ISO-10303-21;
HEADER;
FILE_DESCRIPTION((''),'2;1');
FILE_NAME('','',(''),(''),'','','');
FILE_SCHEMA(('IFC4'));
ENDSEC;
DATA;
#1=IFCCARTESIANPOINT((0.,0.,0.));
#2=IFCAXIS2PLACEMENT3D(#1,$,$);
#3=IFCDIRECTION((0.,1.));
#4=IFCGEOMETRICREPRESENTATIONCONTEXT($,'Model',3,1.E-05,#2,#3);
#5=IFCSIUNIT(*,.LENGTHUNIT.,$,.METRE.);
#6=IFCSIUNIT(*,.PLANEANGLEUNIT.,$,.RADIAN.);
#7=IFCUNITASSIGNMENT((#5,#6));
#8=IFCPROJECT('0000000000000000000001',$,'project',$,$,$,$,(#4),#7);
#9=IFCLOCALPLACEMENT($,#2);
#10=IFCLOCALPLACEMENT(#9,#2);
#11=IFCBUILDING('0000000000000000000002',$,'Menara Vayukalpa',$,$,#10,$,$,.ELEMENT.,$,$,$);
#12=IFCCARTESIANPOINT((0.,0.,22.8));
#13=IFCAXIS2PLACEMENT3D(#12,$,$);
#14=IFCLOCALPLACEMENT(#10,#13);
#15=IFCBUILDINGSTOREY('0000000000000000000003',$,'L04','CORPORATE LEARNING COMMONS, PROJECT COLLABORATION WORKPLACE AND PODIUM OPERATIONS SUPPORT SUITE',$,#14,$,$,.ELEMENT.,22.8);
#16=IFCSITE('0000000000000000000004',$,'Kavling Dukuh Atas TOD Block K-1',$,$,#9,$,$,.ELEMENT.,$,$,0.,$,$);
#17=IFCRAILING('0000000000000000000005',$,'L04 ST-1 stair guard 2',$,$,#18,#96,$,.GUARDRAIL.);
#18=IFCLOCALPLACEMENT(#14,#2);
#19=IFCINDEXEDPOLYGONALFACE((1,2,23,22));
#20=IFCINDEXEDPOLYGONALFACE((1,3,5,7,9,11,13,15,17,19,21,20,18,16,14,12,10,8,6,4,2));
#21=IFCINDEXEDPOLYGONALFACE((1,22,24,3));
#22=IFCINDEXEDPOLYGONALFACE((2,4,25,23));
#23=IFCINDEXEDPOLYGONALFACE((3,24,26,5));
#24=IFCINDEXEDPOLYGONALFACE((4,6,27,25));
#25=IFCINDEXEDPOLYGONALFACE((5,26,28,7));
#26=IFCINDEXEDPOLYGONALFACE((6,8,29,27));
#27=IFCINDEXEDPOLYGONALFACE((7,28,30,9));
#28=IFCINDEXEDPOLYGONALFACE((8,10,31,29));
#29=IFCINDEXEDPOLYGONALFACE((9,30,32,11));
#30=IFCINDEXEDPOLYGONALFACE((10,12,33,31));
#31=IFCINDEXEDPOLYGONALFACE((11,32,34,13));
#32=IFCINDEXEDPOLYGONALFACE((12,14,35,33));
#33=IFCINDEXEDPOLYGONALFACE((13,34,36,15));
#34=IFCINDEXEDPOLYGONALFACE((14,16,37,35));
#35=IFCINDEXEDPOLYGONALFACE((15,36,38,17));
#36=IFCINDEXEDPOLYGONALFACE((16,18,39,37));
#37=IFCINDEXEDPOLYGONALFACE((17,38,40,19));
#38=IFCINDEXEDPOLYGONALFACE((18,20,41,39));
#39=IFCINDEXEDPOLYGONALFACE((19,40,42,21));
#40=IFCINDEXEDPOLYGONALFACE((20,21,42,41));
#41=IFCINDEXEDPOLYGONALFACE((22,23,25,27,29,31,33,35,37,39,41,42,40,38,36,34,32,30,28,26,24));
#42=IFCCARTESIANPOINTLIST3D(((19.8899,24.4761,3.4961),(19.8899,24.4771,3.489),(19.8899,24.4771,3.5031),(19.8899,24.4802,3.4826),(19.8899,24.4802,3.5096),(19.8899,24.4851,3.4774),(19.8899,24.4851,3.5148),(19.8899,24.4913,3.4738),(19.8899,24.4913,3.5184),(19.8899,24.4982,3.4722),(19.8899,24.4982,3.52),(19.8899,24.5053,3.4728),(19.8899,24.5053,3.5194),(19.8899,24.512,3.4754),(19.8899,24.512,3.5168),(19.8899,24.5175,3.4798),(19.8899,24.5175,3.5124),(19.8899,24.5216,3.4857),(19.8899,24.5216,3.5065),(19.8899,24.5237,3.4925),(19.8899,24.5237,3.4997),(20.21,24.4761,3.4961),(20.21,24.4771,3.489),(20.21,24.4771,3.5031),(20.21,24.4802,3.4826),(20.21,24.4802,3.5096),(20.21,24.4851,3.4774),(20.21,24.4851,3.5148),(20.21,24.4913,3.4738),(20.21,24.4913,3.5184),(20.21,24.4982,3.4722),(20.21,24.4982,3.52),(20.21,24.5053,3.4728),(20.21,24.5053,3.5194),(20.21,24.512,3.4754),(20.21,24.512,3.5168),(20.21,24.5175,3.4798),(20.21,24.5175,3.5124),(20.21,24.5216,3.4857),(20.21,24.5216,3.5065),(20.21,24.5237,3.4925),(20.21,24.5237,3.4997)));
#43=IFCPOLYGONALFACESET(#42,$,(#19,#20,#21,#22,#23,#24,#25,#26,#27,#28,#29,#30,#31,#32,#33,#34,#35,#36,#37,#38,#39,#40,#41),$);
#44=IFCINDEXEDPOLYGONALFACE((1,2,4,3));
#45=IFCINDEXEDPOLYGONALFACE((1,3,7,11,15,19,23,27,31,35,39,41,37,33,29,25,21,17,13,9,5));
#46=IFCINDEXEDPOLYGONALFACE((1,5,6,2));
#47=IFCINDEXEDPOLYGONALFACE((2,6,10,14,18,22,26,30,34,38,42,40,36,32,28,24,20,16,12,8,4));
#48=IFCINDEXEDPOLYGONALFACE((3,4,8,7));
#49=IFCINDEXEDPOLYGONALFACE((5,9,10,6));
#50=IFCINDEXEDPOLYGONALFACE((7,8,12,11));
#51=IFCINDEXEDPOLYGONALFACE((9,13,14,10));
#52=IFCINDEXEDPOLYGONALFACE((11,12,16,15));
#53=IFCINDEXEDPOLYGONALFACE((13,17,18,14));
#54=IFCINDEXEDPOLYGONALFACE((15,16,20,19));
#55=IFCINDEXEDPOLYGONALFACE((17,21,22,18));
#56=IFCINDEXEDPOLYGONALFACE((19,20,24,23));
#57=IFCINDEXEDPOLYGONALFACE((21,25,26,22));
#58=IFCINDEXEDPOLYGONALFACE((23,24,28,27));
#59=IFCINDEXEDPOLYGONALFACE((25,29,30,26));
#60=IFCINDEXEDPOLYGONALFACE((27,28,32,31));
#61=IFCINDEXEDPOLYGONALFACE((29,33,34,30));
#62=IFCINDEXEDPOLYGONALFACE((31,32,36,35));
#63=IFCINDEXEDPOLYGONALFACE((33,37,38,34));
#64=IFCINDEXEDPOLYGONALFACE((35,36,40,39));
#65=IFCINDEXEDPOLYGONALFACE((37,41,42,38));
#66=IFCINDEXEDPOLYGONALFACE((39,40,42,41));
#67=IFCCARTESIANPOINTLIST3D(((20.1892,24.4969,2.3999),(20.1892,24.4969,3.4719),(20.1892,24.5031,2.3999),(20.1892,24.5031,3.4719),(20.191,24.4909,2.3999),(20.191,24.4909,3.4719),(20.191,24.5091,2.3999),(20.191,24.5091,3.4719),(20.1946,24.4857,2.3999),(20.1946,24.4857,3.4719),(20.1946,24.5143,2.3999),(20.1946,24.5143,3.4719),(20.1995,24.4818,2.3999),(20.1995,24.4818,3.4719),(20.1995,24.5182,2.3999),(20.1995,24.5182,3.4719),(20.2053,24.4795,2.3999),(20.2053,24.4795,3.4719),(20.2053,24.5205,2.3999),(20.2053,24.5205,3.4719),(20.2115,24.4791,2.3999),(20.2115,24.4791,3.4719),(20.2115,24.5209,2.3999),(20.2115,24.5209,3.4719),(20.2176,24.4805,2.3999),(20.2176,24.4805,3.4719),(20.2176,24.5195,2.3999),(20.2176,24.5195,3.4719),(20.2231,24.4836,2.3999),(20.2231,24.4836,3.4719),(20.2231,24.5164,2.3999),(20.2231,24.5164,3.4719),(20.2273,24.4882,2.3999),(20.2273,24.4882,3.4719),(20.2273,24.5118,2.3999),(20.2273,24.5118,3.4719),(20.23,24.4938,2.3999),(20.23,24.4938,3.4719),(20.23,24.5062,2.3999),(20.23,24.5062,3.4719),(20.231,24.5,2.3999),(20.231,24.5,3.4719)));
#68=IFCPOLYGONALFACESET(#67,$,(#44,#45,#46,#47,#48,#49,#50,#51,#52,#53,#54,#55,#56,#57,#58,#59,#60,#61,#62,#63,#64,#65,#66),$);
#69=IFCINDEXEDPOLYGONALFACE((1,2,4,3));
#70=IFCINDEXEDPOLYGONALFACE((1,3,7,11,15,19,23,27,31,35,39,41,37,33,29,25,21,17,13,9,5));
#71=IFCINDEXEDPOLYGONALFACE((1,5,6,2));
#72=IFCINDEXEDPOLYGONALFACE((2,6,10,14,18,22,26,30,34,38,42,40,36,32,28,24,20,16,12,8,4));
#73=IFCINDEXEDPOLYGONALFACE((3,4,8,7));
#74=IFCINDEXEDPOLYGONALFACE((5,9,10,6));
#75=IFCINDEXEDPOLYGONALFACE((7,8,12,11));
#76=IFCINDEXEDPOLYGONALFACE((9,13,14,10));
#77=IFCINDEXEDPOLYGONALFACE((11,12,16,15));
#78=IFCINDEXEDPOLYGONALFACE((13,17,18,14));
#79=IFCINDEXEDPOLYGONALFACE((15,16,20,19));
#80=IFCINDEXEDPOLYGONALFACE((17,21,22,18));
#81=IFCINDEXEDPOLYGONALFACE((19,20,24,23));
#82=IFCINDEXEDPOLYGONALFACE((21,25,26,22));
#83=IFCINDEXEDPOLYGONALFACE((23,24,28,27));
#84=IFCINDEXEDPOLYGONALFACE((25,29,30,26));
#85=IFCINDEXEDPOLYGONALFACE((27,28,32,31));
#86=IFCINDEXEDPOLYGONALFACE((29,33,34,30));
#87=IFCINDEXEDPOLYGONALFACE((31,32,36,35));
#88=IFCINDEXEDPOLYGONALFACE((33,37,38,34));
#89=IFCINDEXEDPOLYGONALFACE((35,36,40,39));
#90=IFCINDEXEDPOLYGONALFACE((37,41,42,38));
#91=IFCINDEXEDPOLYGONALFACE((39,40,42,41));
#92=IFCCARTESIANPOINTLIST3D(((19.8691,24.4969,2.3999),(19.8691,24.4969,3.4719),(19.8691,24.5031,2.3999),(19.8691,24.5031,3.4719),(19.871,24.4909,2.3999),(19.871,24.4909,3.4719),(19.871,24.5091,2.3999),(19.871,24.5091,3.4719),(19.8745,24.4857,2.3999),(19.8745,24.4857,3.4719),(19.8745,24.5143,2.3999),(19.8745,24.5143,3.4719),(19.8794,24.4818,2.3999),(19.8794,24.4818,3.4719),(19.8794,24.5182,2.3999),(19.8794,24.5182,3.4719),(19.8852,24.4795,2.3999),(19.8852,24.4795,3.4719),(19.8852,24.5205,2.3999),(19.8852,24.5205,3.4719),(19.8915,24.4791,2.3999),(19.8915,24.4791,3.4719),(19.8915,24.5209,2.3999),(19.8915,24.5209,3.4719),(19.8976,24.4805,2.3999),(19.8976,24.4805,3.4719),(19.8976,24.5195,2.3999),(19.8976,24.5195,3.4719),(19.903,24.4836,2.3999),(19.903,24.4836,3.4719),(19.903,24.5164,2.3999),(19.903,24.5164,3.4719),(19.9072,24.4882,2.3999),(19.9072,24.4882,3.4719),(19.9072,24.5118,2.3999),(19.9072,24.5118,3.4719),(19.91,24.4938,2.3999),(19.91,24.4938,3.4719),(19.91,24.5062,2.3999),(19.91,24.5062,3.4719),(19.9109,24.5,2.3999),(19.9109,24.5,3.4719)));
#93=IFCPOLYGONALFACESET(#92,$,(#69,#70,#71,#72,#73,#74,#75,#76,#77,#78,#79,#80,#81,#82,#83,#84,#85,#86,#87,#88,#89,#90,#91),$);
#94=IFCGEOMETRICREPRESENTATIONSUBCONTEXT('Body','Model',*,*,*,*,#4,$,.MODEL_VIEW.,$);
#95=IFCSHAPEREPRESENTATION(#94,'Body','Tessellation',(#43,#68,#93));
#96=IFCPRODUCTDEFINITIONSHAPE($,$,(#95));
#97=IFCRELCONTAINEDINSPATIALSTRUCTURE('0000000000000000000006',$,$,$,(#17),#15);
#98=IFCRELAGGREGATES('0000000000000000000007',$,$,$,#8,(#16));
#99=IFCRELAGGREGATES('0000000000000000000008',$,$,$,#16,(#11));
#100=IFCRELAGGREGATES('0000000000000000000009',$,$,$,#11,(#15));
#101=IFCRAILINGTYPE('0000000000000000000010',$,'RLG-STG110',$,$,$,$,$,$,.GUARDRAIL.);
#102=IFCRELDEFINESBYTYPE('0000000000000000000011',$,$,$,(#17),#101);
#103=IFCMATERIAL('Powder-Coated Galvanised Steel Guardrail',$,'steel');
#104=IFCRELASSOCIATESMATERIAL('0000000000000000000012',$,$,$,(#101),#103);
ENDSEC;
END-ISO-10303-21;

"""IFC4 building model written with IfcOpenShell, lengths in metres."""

from ifc_helpers import new_model, si_unit, direction, frame, origin, origin_2d, place, context, subcontext, project, spatial, circle, extrude, material, type_object, element, save


model = new_model("IFC4")

# Units and contexts
model_context = context("Model", 3, precision=1e-05, world=origin(), true_north=direction((0.0, 1.0)))
body_context = subcontext(model_context, "Body", "Model", "MODEL_VIEW")
ifc_project = project(units=[si_unit("LENGTHUNIT", "METRE"), si_unit("PLANEANGLEUNIT", "RADIAN")], contexts=[model_context])

# Site, building, storey
site_placement = place(None, origin())
site = spatial("IfcSite", under=ifc_project, at=site_placement, Name="Kavling Dukuh Atas TOD Block K-1", CompositionType="ELEMENT", RefElevation=0.0)
building_placement = place(site_placement, origin())
building = spatial("IfcBuilding", under=site, at=building_placement, Name="Menara Vayukalpa", CompositionType="ELEMENT")
storey_placement = place(building_placement, frame((0.0, 0.0, 22.8)))
storey = spatial("IfcBuildingStorey", under=building, at=storey_placement, Name="L04", Description="CORPORATE LEARNING COMMONS, PROJECT COLLABORATION WORKPLACE AND PODIUM OPERATIONS SUPPORT SUITE", CompositionType="ELEMENT", Elevation=22.8)

# Railing
ifc_material_1 = material(Name="Powder-Coated Galvanised Steel Guardrail", Category="steel")
railing_type_1 = type_object("IfcRailingType", Name="RLG-STG110", PredefinedType="GUARDRAIL", material=ifc_material_1)
railing_1_placement = place(storey_placement, frame((20.21, 24.5, 2.3999)))
element("IfcRailing", 1, at=railing_1_placement, inside=storey, type_object=railing_type_1, Name="L04 ST-1 stair guard 2", PredefinedType="GUARDRAIL", context=body_context, shape_type="SweptSolid", body=[
    extrude(circle(Radius=0.0239, at=origin_2d()), frame((0.0, 0.0, 1.0962), z_axis=(-1.0, 0.0, 0.0), x_axis=(0.0, -1.0, 0.0)), (0.0, 0.0, 1.0), 0.3201),
    extrude(circle(Radius=0.021, at=origin_2d()), origin(), (0.0, 0.0, 1.0), 1.072),
    extrude(circle(Radius=0.021, at=origin_2d()), frame((-0.3201, 0.0, 0.0)), (0.0, 0.0, 1.0), 1.072),
])

save(model, "model.ifc")
